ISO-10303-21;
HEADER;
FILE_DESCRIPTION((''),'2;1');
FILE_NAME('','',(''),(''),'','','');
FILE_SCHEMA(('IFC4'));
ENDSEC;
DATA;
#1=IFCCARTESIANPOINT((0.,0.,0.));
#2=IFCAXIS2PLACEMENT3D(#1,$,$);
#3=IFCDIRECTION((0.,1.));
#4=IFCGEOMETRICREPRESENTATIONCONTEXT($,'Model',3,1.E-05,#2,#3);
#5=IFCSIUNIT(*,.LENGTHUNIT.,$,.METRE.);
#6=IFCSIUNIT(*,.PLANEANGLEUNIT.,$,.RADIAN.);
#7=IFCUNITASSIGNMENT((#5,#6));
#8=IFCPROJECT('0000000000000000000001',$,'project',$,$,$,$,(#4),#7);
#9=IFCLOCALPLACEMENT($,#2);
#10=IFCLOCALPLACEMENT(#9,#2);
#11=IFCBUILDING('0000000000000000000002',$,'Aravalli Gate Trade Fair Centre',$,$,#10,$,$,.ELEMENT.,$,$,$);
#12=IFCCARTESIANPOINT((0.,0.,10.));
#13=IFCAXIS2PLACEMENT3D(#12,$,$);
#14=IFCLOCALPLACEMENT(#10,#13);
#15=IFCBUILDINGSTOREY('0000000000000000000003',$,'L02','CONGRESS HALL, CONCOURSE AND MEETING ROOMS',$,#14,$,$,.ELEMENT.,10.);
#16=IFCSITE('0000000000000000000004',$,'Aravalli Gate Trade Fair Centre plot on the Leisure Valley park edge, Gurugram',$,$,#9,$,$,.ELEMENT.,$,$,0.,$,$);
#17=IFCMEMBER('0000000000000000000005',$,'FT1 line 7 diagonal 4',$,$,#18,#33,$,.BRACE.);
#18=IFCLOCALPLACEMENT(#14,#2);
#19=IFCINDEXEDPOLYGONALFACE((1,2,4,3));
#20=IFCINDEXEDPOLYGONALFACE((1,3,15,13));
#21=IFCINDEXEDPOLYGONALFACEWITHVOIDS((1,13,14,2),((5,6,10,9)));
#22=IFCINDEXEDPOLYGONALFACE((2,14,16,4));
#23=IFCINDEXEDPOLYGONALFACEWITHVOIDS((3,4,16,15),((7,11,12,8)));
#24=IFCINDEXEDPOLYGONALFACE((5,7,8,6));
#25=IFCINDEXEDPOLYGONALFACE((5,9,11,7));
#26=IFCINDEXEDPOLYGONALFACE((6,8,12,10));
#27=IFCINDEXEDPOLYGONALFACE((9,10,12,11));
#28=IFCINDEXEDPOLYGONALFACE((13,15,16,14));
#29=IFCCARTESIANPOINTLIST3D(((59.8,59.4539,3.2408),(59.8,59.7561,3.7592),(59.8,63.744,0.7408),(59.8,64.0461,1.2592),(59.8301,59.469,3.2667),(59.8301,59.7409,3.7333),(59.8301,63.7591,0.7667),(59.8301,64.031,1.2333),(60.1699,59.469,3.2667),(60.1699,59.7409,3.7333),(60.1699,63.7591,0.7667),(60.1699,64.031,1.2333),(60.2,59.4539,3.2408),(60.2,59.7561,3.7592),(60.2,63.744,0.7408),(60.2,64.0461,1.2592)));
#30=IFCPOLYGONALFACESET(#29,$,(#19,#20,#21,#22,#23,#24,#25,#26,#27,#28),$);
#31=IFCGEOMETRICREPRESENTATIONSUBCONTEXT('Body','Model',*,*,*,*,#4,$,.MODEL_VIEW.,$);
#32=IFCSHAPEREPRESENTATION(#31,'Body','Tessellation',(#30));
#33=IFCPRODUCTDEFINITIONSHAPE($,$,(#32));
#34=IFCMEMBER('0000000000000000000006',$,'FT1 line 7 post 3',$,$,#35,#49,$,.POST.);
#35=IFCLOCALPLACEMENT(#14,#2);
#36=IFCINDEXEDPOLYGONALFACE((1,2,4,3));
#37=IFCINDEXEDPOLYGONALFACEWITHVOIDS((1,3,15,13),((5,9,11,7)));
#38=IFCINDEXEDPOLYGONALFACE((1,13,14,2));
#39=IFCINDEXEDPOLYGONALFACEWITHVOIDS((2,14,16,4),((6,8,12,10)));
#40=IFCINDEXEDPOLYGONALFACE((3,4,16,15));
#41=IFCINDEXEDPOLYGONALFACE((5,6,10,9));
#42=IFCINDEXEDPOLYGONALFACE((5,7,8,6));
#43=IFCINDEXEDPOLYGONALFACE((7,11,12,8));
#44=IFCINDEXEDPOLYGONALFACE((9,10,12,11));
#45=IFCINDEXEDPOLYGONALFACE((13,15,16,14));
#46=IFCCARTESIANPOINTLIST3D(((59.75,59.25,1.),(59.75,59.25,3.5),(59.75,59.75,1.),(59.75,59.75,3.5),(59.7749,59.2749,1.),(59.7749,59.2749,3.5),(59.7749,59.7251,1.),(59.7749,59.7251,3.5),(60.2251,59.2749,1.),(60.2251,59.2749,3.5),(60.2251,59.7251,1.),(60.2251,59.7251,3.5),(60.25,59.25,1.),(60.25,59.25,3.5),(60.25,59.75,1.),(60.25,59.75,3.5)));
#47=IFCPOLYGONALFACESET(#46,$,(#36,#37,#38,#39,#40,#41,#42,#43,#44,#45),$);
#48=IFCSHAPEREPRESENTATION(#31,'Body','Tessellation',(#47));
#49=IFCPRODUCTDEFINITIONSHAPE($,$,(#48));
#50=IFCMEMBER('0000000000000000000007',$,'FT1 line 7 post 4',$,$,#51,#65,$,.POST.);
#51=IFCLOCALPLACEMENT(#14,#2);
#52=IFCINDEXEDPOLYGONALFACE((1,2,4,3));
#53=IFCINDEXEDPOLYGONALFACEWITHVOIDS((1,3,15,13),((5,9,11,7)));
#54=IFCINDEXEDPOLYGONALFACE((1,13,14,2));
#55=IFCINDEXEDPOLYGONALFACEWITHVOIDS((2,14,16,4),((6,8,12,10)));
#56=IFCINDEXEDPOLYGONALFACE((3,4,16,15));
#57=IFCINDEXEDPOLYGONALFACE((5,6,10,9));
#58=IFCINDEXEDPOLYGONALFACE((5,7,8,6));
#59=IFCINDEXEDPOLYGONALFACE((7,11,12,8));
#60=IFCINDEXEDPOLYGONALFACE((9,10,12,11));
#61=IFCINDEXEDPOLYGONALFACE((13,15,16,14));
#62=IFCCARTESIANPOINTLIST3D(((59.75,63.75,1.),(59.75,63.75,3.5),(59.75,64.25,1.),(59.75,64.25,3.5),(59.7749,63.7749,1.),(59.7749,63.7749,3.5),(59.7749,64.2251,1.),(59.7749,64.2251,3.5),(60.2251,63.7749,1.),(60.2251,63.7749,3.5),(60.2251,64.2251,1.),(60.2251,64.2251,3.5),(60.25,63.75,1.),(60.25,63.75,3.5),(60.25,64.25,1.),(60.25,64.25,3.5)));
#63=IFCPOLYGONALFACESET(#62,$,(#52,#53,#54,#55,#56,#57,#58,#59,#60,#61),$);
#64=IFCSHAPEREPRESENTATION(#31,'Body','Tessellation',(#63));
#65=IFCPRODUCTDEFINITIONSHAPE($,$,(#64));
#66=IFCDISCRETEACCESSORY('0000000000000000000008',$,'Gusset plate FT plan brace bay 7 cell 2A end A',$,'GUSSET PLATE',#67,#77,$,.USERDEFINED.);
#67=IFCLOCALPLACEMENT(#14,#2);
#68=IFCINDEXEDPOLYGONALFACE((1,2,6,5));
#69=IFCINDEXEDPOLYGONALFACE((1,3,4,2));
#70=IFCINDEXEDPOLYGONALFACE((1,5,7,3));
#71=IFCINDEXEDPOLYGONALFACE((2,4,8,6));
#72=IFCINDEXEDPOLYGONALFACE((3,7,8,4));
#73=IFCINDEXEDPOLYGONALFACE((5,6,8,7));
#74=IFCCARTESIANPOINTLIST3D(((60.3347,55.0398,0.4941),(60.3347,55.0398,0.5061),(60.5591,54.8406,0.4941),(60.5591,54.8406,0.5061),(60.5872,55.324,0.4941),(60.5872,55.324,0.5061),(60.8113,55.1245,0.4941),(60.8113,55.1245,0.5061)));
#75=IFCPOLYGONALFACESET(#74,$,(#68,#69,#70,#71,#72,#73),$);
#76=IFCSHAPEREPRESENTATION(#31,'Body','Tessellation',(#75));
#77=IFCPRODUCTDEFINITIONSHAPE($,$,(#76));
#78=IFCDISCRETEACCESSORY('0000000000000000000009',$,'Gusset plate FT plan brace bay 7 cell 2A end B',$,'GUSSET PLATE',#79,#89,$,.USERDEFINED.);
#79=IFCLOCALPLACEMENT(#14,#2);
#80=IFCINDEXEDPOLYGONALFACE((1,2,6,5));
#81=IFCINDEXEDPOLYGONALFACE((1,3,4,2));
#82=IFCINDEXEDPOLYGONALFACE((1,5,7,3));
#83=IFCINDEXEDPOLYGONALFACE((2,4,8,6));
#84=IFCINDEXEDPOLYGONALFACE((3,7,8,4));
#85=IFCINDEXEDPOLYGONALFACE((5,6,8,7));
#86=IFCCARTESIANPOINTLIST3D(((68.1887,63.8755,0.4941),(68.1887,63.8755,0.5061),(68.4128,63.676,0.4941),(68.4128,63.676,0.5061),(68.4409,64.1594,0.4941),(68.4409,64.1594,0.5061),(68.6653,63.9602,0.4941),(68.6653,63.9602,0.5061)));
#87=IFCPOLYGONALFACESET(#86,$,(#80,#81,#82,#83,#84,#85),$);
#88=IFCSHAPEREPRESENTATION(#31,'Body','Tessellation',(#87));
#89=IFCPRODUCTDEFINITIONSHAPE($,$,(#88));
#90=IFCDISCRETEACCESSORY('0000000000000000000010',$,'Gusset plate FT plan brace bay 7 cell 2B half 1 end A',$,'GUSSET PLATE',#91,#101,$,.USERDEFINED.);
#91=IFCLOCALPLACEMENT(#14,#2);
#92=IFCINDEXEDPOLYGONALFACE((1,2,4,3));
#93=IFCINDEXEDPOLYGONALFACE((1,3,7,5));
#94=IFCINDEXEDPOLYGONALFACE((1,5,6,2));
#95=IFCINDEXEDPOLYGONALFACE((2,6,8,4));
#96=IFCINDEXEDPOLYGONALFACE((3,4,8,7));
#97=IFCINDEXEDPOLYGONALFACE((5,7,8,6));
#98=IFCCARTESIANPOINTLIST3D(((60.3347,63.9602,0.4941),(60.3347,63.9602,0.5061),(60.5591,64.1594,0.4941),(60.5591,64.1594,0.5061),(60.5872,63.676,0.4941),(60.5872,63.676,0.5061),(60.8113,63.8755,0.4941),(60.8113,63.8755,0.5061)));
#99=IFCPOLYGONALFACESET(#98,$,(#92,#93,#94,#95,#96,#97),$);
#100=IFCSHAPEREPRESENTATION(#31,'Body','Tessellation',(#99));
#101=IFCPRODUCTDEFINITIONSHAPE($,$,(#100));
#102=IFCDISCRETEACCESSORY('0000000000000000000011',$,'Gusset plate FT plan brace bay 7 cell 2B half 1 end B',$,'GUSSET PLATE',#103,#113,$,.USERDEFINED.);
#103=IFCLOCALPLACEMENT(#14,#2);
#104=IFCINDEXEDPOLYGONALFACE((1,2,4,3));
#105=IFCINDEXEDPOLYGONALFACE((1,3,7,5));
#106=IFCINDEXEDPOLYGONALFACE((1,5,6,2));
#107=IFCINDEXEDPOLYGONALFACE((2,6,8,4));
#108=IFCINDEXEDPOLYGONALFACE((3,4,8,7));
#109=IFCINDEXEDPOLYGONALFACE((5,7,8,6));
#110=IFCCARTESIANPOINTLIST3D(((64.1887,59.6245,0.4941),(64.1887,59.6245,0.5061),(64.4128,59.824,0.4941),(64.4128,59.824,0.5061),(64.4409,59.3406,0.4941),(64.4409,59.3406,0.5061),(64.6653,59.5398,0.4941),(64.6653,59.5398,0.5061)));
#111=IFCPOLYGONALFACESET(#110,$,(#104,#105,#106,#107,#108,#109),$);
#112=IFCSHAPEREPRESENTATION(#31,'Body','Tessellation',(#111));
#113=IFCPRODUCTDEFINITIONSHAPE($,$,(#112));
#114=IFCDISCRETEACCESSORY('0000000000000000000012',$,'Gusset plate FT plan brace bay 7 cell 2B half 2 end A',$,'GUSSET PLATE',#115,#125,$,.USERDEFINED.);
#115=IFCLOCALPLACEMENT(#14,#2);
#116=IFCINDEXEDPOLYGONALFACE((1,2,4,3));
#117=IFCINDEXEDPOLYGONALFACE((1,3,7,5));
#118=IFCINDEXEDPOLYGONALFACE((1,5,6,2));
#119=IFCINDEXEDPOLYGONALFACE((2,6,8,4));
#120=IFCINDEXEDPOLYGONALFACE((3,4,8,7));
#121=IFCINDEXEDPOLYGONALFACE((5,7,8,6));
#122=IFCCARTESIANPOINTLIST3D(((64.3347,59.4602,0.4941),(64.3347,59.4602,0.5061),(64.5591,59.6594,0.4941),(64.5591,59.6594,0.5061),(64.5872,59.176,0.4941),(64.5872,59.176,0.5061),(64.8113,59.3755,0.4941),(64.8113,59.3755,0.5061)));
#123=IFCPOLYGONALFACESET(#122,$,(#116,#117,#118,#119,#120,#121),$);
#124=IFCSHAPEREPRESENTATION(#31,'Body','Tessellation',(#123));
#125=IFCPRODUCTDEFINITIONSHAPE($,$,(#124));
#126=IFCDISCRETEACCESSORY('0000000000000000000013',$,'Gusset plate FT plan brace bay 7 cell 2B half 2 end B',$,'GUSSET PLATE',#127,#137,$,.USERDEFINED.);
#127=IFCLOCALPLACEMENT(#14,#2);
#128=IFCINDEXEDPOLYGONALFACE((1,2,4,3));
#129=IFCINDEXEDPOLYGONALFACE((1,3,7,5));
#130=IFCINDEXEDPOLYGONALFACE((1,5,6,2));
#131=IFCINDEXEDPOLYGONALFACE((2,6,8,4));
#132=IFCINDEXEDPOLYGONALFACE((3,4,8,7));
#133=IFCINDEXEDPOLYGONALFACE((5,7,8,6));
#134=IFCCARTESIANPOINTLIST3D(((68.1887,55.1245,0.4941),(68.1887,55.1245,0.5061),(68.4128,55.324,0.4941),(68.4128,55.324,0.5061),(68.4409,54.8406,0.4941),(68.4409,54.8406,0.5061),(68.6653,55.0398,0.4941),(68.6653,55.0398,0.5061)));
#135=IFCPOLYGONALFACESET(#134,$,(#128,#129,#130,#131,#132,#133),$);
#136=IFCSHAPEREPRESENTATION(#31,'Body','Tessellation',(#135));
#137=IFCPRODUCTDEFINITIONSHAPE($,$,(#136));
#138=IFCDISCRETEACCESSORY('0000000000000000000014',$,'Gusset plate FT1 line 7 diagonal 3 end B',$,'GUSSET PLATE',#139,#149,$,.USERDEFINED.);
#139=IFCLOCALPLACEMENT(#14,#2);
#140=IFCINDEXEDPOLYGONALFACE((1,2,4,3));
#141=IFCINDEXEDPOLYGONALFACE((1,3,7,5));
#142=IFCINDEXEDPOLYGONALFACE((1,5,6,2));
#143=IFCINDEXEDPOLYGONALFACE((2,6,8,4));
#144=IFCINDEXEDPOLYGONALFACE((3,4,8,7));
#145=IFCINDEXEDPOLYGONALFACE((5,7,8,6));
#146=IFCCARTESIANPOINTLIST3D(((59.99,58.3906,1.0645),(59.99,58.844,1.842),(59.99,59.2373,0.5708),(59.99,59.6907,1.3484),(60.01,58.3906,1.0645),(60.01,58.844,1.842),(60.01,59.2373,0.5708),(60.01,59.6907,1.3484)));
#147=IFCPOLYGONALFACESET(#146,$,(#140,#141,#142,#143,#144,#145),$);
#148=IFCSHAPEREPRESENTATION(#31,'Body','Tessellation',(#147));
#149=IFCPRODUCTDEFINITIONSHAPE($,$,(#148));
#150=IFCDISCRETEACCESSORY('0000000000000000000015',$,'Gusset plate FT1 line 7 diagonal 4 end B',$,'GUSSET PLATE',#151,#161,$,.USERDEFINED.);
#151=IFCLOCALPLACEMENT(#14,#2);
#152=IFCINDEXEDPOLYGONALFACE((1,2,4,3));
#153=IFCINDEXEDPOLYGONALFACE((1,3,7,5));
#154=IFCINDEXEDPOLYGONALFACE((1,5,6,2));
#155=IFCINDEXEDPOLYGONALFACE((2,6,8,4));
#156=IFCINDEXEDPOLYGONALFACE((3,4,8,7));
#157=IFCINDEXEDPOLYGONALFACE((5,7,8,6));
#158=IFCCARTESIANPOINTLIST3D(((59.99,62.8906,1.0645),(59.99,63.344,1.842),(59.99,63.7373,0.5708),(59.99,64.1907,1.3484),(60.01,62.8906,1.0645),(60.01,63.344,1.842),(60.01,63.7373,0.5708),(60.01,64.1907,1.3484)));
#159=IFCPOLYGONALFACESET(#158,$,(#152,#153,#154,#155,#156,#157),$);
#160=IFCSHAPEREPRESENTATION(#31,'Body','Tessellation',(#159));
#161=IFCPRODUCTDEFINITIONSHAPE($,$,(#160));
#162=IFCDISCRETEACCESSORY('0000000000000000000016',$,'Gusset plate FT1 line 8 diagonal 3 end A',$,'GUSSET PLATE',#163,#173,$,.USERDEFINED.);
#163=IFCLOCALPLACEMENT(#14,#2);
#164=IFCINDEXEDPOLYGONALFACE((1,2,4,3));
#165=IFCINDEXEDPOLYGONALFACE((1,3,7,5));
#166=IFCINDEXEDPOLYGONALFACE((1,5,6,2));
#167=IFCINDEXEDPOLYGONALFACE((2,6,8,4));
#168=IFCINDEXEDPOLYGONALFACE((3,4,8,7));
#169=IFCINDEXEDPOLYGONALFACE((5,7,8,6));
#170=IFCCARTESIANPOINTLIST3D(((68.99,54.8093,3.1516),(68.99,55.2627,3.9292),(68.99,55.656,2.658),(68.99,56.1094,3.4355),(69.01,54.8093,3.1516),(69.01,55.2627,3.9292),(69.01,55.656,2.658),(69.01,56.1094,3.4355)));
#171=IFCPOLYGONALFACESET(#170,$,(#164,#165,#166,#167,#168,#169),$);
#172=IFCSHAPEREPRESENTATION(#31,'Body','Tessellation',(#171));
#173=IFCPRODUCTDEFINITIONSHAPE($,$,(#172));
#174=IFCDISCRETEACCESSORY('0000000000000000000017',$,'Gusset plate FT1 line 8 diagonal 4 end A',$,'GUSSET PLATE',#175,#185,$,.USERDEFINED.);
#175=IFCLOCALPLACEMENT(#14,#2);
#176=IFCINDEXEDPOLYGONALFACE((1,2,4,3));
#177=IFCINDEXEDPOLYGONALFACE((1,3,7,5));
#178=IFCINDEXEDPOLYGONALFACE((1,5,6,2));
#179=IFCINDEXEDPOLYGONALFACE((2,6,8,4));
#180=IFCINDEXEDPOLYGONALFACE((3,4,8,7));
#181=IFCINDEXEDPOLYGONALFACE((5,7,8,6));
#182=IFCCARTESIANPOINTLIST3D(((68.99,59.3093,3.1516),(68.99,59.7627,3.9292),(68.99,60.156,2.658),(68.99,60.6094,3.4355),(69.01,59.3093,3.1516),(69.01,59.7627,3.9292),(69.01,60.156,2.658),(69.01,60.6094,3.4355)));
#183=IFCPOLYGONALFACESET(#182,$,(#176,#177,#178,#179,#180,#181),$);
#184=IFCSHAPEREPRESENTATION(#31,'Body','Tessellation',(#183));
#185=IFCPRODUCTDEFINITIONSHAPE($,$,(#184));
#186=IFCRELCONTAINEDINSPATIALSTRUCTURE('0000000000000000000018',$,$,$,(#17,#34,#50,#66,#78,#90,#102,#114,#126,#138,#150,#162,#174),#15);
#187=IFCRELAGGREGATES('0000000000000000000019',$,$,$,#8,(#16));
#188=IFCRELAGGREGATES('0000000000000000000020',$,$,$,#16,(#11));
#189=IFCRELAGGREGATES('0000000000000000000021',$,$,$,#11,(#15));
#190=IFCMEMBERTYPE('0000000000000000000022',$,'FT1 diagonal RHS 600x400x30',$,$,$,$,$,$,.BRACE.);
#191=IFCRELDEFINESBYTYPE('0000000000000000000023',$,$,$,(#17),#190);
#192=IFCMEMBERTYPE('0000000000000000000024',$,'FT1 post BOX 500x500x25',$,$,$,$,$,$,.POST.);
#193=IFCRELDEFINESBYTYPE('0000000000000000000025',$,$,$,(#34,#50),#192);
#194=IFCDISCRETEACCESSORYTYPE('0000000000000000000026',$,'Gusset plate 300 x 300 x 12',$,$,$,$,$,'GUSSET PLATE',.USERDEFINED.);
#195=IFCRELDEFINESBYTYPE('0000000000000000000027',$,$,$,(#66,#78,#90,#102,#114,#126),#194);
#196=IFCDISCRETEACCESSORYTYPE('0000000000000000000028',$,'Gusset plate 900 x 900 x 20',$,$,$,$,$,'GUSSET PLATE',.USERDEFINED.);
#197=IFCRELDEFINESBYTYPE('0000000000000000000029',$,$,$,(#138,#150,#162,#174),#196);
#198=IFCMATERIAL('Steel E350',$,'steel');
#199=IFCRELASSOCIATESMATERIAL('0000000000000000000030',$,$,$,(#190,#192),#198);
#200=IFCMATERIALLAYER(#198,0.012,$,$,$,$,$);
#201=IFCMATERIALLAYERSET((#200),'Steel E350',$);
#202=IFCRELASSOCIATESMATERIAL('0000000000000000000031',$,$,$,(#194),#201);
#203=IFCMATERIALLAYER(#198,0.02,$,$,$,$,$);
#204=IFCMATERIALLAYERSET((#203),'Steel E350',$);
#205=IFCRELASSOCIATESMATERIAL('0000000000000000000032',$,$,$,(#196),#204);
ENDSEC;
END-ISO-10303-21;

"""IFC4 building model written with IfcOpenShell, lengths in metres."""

from ifc_helpers import new_model, si_unit, direction, frame, origin, origin_2d, place, context, subcontext, project, spatial, polyline, hollow_rectangle, outline, extrude, material, layer, layer_set, material_profile, profile_set, type_object, element, save


model = new_model("IFC4")

# Units and contexts
model_context = context("Model", 3, precision=1e-05, world=origin(), true_north=direction((0.0, 1.0)))
body_context = subcontext(model_context, "Body", "Model", "MODEL_VIEW")
ifc_project = project(units=[si_unit("LENGTHUNIT", "METRE"), si_unit("PLANEANGLEUNIT", "RADIAN")], contexts=[model_context])

# Site, building, storey
site_placement = place(None, origin())
site = spatial("IfcSite", under=ifc_project, at=site_placement, Name="Aravalli Gate Trade Fair Centre plot on the Leisure Valley park edge, Gurugram", CompositionType="ELEMENT", RefElevation=0.0)
building_placement = place(site_placement, origin())
building = spatial("IfcBuilding", under=site, at=building_placement, Name="Aravalli Gate Trade Fair Centre", CompositionType="ELEMENT")
storey_placement = place(building_placement, frame((0.0, 0.0, 10.0)))
storey = spatial("IfcBuildingStorey", under=building, at=storey_placement, Name="L02", Description="CONGRESS HALL, CONCOURSE AND MEETING ROOMS", CompositionType="ELEMENT", Elevation=10.0)

# Members
ifc_material = material(Name="Steel E350", Category="steel")
ifc_material_profile_1 = material_profile(ifc_material, hollow_rectangle(XDim=0.3999, YDim=0.6001, WallThickness=0.03, at=origin_2d()), Name="RHS 600x400x30")
ifc_profile_set_1 = profile_set([ifc_material_profile_1], Name="Steel E350")
member_type_1 = type_object("IfcMemberType", Name="FT1 diagonal RHS 600x400x30", PredefinedType="BRACE", material=ifc_profile_set_1)
member_1_placement = place(storey_placement, frame((60.0, 59.605, 3.5), z_axis=(0.0, 0.864, -0.503492), x_axis=(-1.0, 0.0, 0.0)))
element("IfcMember", 1, at=member_1_placement, inside=storey, type_object=member_type_1, Name="FT1 line 7 diagonal 4", PredefinedType="BRACE", context=body_context, shape_type="SweptSolid", body=[
    extrude(hollow_rectangle(XDim=0.3999, YDim=0.6001, WallThickness=0.03, at=origin_2d()), origin(), (0.0, 0.0, 1.0), 4.9653),
])
ifc_material_profile_2 = material_profile(ifc_material, hollow_rectangle(XDim=0.5, YDim=0.5, WallThickness=0.0249, at=origin_2d()), Name="BOX 500x500x25")
ifc_profile_set_2 = profile_set([ifc_material_profile_2], Name="Steel E350")
member_type_2 = type_object("IfcMemberType", Name="FT1 post BOX 500x500x25", PredefinedType="POST", material=ifc_profile_set_2)
for number, where, z_axis, x_axis, name in (
    (2, (60.0, 59.5, 1.0), (0.0, 0.0, 1.0), (1.0, 0.0, 0.0), "FT1 line 7 post 3"),
    (3, (60.0, 64.0, 1.0), (0.0, 0.0, 1.0), (1.0, 0.0, 0.0), "FT1 line 7 post 4"),
):
    element("IfcMember", number, at=place(storey_placement, frame(where, z_axis=z_axis, x_axis=x_axis)), inside=storey, type_object=member_type_2, Name=name, PredefinedType="POST", context=body_context, shape_type="SweptSolid", body=[
        extrude(hollow_rectangle(XDim=0.5, YDim=0.5, WallThickness=0.0249, at=origin_2d()), origin(), (0.0, 0.0, 1.0), 2.5),
    ])

# Discrete accessories
ifc_layer_1 = layer(ifc_material, 0.012)
ifc_layer_set_1 = layer_set([ifc_layer_1], Name="Steel E350")
discrete_accessory_type_1 = type_object("IfcDiscreteAccessoryType", Name="Gusset plate 300 x 300 x 12", ElementType="GUSSET PLATE", PredefinedType="USERDEFINED", material=ifc_layer_set_1)
discrete_accessory_1_placement = place(storey_placement, frame((60.8113, 55.1245, 0.5061), z_axis=(0.0, 0.0, 1.0), x_axis=(-0.664084, -0.747658, 0.0)))
element("IfcDiscreteAccessory", 4, at=discrete_accessory_1_placement, inside=storey, type_object=discrete_accessory_type_1, Name="Gusset plate FT plan brace bay 7 cell 2A end A", ObjectType="GUSSET PLATE", PredefinedType="USERDEFINED", context=body_context, shape_type="SweptSolid", body=[
    extrude(outline(polyline([(0.0, 0.0), (0.3798, 0.0), (0.3798, -0.3), (-0.0003, -0.3), (0.0, 0.0)])), origin(), (0.0, 0.0, -1.0), 0.012),
])
discrete_accessory_2_placement = place(storey_placement, frame((68.4128, 63.676, 0.5061), z_axis=(0.0, 0.0, 1.0), x_axis=(0.664125, 0.747622, 0.0)))
element("IfcDiscreteAccessory", 5, at=discrete_accessory_2_placement, inside=storey, type_object=discrete_accessory_type_1, Name="Gusset plate FT plan brace bay 7 cell 2A end B", ObjectType="GUSSET PLATE", PredefinedType="USERDEFINED", context=body_context, shape_type="SweptSolid", body=[
    extrude(outline(polyline([(0.0, 0.0), (0.3801, 0.0), (0.38, 0.3), (0.0003, 0.3), (0.0, 0.0)])), origin(), (0.0, 0.0, -1.0), 0.012),
])
discrete_accessory_3_placement = place(storey_placement, frame((60.5872, 63.676, 0.5061), z_axis=(0.0, 0.0, 1.0), x_axis=(-0.664125, 0.747622, 0.0)))
element("IfcDiscreteAccessory", 6, at=discrete_accessory_3_placement, inside=storey, type_object=discrete_accessory_type_1, Name="Gusset plate FT plan brace bay 7 cell 2B half 1 end A", ObjectType="GUSSET PLATE", PredefinedType="USERDEFINED", context=body_context, shape_type="SweptSolid", body=[
    extrude(outline(polyline([(0.0, 0.0), (0.3801, 0.0), (0.38, -0.3), (0.0003, -0.3), (0.0, 0.0)])), origin(), (0.0, 0.0, -1.0), 0.012),
])
discrete_accessory_4_placement = place(storey_placement, frame((64.1887, 59.6245, 0.5061), z_axis=(0.0, 0.0, 1.0), x_axis=(0.664084, -0.747658, 0.0)))
element("IfcDiscreteAccessory", 7, at=discrete_accessory_4_placement, inside=storey, type_object=discrete_accessory_type_1, Name="Gusset plate FT plan brace bay 7 cell 2B half 1 end B", ObjectType="GUSSET PLATE", PredefinedType="USERDEFINED", context=body_context, shape_type="SweptSolid", body=[
    extrude(outline(polyline([(0.0, 0.0), (0.3798, 0.0), (0.3798, 0.3), (-0.0003, 0.3), (0.0, 0.0)])), origin(), (0.0, 0.0, -1.0), 0.012),
])
discrete_accessory_5_placement = place(storey_placement, frame((64.5872, 59.176, 0.5061), z_axis=(0.0, 0.0, 1.0), x_axis=(-0.664125, 0.747622, 0.0)))
element("IfcDiscreteAccessory", 8, at=discrete_accessory_5_placement, inside=storey, type_object=discrete_accessory_type_1, Name="Gusset plate FT plan brace bay 7 cell 2B half 2 end A", ObjectType="GUSSET PLATE", PredefinedType="USERDEFINED", context=body_context, shape_type="SweptSolid", body=[
    extrude(outline(polyline([(0.0, 0.0), (0.3801, 0.0), (0.38, -0.3), (0.0003, -0.3), (0.0, 0.0)])), origin(), (0.0, 0.0, -1.0), 0.012),
])
discrete_accessory_6_placement = place(storey_placement, frame((68.1887, 55.1245, 0.5061), z_axis=(0.0, 0.0, 1.0), x_axis=(0.664084, -0.747658, 0.0)))
element("IfcDiscreteAccessory", 9, at=discrete_accessory_6_placement, inside=storey, type_object=discrete_accessory_type_1, Name="Gusset plate FT plan brace bay 7 cell 2B half 2 end B", ObjectType="GUSSET PLATE", PredefinedType="USERDEFINED", context=body_context, shape_type="SweptSolid", body=[
    extrude(outline(polyline([(0.0, 0.0), (0.3798, 0.0), (0.3798, 0.3), (-0.0003, 0.3), (0.0, 0.0)])), origin(), (0.0, 0.0, -1.0), 0.012),
])
ifc_layer_2 = layer(ifc_material, 0.02)
ifc_layer_set_2 = layer_set([ifc_layer_2], Name="Steel E350")
discrete_accessory_type_2 = type_object("IfcDiscreteAccessoryType", Name="Gusset plate 900 x 900 x 20", ElementType="GUSSET PLATE", PredefinedType="USERDEFINED", material=ifc_layer_set_2)
for number, where, z_axis, x_axis, name in (
    (10, (60.01, 58.3906, 1.0645), (1.0, 0.0, 0.0), (0.0, 0.863887, -0.503685), "Gusset plate FT1 line 7 diagonal 3 end B"),
    (11, (60.01, 62.8906, 1.0645), (1.0, 0.0, 0.0), (0.0, 0.863887, -0.503685), "Gusset plate FT1 line 7 diagonal 4 end B"),
):
    element("IfcDiscreteAccessory", number, at=place(storey_placement, frame(where, z_axis=z_axis, x_axis=x_axis)), inside=storey, type_object=discrete_accessory_type_2, Name=name, ObjectType="GUSSET PLATE", PredefinedType="USERDEFINED", context=body_context, shape_type="SweptSolid", body=[
        extrude(outline(polyline([(0.0, 0.0), (0.9801, 0.0), (0.9801, 0.9001), (0.0, 0.9001), (0.0, 0.0)])), origin(), (0.0, 0.0, -1.0), 0.02),
    ])
for number, where, z_axis, x_axis, name in (
    (12, (68.99, 55.656, 2.658), (-1.0, 0.0, 0.0), (0.0, -0.863887, 0.503685), "Gusset plate FT1 line 8 diagonal 3 end A"),
    (13, (68.99, 60.156, 2.658), (-1.0, 0.0, 0.0), (0.0, -0.863887, 0.503685), "Gusset plate FT1 line 8 diagonal 4 end A"),
):
    element("IfcDiscreteAccessory", number, at=place(storey_placement, frame(where, z_axis=z_axis, x_axis=x_axis)), inside=storey, type_object=discrete_accessory_type_2, Name=name, ObjectType="GUSSET PLATE", PredefinedType="USERDEFINED", context=body_context, shape_type="SweptSolid", body=[
        extrude(outline(polyline([(0.0, 0.0), (0.9801, 0.0), (0.9801, 0.9001), (0.0, 0.9001), (0.0, 0.0)])), origin(), (0.0, 0.0, -1.0), 0.02),
    ])

save(model, "model.ifc")
